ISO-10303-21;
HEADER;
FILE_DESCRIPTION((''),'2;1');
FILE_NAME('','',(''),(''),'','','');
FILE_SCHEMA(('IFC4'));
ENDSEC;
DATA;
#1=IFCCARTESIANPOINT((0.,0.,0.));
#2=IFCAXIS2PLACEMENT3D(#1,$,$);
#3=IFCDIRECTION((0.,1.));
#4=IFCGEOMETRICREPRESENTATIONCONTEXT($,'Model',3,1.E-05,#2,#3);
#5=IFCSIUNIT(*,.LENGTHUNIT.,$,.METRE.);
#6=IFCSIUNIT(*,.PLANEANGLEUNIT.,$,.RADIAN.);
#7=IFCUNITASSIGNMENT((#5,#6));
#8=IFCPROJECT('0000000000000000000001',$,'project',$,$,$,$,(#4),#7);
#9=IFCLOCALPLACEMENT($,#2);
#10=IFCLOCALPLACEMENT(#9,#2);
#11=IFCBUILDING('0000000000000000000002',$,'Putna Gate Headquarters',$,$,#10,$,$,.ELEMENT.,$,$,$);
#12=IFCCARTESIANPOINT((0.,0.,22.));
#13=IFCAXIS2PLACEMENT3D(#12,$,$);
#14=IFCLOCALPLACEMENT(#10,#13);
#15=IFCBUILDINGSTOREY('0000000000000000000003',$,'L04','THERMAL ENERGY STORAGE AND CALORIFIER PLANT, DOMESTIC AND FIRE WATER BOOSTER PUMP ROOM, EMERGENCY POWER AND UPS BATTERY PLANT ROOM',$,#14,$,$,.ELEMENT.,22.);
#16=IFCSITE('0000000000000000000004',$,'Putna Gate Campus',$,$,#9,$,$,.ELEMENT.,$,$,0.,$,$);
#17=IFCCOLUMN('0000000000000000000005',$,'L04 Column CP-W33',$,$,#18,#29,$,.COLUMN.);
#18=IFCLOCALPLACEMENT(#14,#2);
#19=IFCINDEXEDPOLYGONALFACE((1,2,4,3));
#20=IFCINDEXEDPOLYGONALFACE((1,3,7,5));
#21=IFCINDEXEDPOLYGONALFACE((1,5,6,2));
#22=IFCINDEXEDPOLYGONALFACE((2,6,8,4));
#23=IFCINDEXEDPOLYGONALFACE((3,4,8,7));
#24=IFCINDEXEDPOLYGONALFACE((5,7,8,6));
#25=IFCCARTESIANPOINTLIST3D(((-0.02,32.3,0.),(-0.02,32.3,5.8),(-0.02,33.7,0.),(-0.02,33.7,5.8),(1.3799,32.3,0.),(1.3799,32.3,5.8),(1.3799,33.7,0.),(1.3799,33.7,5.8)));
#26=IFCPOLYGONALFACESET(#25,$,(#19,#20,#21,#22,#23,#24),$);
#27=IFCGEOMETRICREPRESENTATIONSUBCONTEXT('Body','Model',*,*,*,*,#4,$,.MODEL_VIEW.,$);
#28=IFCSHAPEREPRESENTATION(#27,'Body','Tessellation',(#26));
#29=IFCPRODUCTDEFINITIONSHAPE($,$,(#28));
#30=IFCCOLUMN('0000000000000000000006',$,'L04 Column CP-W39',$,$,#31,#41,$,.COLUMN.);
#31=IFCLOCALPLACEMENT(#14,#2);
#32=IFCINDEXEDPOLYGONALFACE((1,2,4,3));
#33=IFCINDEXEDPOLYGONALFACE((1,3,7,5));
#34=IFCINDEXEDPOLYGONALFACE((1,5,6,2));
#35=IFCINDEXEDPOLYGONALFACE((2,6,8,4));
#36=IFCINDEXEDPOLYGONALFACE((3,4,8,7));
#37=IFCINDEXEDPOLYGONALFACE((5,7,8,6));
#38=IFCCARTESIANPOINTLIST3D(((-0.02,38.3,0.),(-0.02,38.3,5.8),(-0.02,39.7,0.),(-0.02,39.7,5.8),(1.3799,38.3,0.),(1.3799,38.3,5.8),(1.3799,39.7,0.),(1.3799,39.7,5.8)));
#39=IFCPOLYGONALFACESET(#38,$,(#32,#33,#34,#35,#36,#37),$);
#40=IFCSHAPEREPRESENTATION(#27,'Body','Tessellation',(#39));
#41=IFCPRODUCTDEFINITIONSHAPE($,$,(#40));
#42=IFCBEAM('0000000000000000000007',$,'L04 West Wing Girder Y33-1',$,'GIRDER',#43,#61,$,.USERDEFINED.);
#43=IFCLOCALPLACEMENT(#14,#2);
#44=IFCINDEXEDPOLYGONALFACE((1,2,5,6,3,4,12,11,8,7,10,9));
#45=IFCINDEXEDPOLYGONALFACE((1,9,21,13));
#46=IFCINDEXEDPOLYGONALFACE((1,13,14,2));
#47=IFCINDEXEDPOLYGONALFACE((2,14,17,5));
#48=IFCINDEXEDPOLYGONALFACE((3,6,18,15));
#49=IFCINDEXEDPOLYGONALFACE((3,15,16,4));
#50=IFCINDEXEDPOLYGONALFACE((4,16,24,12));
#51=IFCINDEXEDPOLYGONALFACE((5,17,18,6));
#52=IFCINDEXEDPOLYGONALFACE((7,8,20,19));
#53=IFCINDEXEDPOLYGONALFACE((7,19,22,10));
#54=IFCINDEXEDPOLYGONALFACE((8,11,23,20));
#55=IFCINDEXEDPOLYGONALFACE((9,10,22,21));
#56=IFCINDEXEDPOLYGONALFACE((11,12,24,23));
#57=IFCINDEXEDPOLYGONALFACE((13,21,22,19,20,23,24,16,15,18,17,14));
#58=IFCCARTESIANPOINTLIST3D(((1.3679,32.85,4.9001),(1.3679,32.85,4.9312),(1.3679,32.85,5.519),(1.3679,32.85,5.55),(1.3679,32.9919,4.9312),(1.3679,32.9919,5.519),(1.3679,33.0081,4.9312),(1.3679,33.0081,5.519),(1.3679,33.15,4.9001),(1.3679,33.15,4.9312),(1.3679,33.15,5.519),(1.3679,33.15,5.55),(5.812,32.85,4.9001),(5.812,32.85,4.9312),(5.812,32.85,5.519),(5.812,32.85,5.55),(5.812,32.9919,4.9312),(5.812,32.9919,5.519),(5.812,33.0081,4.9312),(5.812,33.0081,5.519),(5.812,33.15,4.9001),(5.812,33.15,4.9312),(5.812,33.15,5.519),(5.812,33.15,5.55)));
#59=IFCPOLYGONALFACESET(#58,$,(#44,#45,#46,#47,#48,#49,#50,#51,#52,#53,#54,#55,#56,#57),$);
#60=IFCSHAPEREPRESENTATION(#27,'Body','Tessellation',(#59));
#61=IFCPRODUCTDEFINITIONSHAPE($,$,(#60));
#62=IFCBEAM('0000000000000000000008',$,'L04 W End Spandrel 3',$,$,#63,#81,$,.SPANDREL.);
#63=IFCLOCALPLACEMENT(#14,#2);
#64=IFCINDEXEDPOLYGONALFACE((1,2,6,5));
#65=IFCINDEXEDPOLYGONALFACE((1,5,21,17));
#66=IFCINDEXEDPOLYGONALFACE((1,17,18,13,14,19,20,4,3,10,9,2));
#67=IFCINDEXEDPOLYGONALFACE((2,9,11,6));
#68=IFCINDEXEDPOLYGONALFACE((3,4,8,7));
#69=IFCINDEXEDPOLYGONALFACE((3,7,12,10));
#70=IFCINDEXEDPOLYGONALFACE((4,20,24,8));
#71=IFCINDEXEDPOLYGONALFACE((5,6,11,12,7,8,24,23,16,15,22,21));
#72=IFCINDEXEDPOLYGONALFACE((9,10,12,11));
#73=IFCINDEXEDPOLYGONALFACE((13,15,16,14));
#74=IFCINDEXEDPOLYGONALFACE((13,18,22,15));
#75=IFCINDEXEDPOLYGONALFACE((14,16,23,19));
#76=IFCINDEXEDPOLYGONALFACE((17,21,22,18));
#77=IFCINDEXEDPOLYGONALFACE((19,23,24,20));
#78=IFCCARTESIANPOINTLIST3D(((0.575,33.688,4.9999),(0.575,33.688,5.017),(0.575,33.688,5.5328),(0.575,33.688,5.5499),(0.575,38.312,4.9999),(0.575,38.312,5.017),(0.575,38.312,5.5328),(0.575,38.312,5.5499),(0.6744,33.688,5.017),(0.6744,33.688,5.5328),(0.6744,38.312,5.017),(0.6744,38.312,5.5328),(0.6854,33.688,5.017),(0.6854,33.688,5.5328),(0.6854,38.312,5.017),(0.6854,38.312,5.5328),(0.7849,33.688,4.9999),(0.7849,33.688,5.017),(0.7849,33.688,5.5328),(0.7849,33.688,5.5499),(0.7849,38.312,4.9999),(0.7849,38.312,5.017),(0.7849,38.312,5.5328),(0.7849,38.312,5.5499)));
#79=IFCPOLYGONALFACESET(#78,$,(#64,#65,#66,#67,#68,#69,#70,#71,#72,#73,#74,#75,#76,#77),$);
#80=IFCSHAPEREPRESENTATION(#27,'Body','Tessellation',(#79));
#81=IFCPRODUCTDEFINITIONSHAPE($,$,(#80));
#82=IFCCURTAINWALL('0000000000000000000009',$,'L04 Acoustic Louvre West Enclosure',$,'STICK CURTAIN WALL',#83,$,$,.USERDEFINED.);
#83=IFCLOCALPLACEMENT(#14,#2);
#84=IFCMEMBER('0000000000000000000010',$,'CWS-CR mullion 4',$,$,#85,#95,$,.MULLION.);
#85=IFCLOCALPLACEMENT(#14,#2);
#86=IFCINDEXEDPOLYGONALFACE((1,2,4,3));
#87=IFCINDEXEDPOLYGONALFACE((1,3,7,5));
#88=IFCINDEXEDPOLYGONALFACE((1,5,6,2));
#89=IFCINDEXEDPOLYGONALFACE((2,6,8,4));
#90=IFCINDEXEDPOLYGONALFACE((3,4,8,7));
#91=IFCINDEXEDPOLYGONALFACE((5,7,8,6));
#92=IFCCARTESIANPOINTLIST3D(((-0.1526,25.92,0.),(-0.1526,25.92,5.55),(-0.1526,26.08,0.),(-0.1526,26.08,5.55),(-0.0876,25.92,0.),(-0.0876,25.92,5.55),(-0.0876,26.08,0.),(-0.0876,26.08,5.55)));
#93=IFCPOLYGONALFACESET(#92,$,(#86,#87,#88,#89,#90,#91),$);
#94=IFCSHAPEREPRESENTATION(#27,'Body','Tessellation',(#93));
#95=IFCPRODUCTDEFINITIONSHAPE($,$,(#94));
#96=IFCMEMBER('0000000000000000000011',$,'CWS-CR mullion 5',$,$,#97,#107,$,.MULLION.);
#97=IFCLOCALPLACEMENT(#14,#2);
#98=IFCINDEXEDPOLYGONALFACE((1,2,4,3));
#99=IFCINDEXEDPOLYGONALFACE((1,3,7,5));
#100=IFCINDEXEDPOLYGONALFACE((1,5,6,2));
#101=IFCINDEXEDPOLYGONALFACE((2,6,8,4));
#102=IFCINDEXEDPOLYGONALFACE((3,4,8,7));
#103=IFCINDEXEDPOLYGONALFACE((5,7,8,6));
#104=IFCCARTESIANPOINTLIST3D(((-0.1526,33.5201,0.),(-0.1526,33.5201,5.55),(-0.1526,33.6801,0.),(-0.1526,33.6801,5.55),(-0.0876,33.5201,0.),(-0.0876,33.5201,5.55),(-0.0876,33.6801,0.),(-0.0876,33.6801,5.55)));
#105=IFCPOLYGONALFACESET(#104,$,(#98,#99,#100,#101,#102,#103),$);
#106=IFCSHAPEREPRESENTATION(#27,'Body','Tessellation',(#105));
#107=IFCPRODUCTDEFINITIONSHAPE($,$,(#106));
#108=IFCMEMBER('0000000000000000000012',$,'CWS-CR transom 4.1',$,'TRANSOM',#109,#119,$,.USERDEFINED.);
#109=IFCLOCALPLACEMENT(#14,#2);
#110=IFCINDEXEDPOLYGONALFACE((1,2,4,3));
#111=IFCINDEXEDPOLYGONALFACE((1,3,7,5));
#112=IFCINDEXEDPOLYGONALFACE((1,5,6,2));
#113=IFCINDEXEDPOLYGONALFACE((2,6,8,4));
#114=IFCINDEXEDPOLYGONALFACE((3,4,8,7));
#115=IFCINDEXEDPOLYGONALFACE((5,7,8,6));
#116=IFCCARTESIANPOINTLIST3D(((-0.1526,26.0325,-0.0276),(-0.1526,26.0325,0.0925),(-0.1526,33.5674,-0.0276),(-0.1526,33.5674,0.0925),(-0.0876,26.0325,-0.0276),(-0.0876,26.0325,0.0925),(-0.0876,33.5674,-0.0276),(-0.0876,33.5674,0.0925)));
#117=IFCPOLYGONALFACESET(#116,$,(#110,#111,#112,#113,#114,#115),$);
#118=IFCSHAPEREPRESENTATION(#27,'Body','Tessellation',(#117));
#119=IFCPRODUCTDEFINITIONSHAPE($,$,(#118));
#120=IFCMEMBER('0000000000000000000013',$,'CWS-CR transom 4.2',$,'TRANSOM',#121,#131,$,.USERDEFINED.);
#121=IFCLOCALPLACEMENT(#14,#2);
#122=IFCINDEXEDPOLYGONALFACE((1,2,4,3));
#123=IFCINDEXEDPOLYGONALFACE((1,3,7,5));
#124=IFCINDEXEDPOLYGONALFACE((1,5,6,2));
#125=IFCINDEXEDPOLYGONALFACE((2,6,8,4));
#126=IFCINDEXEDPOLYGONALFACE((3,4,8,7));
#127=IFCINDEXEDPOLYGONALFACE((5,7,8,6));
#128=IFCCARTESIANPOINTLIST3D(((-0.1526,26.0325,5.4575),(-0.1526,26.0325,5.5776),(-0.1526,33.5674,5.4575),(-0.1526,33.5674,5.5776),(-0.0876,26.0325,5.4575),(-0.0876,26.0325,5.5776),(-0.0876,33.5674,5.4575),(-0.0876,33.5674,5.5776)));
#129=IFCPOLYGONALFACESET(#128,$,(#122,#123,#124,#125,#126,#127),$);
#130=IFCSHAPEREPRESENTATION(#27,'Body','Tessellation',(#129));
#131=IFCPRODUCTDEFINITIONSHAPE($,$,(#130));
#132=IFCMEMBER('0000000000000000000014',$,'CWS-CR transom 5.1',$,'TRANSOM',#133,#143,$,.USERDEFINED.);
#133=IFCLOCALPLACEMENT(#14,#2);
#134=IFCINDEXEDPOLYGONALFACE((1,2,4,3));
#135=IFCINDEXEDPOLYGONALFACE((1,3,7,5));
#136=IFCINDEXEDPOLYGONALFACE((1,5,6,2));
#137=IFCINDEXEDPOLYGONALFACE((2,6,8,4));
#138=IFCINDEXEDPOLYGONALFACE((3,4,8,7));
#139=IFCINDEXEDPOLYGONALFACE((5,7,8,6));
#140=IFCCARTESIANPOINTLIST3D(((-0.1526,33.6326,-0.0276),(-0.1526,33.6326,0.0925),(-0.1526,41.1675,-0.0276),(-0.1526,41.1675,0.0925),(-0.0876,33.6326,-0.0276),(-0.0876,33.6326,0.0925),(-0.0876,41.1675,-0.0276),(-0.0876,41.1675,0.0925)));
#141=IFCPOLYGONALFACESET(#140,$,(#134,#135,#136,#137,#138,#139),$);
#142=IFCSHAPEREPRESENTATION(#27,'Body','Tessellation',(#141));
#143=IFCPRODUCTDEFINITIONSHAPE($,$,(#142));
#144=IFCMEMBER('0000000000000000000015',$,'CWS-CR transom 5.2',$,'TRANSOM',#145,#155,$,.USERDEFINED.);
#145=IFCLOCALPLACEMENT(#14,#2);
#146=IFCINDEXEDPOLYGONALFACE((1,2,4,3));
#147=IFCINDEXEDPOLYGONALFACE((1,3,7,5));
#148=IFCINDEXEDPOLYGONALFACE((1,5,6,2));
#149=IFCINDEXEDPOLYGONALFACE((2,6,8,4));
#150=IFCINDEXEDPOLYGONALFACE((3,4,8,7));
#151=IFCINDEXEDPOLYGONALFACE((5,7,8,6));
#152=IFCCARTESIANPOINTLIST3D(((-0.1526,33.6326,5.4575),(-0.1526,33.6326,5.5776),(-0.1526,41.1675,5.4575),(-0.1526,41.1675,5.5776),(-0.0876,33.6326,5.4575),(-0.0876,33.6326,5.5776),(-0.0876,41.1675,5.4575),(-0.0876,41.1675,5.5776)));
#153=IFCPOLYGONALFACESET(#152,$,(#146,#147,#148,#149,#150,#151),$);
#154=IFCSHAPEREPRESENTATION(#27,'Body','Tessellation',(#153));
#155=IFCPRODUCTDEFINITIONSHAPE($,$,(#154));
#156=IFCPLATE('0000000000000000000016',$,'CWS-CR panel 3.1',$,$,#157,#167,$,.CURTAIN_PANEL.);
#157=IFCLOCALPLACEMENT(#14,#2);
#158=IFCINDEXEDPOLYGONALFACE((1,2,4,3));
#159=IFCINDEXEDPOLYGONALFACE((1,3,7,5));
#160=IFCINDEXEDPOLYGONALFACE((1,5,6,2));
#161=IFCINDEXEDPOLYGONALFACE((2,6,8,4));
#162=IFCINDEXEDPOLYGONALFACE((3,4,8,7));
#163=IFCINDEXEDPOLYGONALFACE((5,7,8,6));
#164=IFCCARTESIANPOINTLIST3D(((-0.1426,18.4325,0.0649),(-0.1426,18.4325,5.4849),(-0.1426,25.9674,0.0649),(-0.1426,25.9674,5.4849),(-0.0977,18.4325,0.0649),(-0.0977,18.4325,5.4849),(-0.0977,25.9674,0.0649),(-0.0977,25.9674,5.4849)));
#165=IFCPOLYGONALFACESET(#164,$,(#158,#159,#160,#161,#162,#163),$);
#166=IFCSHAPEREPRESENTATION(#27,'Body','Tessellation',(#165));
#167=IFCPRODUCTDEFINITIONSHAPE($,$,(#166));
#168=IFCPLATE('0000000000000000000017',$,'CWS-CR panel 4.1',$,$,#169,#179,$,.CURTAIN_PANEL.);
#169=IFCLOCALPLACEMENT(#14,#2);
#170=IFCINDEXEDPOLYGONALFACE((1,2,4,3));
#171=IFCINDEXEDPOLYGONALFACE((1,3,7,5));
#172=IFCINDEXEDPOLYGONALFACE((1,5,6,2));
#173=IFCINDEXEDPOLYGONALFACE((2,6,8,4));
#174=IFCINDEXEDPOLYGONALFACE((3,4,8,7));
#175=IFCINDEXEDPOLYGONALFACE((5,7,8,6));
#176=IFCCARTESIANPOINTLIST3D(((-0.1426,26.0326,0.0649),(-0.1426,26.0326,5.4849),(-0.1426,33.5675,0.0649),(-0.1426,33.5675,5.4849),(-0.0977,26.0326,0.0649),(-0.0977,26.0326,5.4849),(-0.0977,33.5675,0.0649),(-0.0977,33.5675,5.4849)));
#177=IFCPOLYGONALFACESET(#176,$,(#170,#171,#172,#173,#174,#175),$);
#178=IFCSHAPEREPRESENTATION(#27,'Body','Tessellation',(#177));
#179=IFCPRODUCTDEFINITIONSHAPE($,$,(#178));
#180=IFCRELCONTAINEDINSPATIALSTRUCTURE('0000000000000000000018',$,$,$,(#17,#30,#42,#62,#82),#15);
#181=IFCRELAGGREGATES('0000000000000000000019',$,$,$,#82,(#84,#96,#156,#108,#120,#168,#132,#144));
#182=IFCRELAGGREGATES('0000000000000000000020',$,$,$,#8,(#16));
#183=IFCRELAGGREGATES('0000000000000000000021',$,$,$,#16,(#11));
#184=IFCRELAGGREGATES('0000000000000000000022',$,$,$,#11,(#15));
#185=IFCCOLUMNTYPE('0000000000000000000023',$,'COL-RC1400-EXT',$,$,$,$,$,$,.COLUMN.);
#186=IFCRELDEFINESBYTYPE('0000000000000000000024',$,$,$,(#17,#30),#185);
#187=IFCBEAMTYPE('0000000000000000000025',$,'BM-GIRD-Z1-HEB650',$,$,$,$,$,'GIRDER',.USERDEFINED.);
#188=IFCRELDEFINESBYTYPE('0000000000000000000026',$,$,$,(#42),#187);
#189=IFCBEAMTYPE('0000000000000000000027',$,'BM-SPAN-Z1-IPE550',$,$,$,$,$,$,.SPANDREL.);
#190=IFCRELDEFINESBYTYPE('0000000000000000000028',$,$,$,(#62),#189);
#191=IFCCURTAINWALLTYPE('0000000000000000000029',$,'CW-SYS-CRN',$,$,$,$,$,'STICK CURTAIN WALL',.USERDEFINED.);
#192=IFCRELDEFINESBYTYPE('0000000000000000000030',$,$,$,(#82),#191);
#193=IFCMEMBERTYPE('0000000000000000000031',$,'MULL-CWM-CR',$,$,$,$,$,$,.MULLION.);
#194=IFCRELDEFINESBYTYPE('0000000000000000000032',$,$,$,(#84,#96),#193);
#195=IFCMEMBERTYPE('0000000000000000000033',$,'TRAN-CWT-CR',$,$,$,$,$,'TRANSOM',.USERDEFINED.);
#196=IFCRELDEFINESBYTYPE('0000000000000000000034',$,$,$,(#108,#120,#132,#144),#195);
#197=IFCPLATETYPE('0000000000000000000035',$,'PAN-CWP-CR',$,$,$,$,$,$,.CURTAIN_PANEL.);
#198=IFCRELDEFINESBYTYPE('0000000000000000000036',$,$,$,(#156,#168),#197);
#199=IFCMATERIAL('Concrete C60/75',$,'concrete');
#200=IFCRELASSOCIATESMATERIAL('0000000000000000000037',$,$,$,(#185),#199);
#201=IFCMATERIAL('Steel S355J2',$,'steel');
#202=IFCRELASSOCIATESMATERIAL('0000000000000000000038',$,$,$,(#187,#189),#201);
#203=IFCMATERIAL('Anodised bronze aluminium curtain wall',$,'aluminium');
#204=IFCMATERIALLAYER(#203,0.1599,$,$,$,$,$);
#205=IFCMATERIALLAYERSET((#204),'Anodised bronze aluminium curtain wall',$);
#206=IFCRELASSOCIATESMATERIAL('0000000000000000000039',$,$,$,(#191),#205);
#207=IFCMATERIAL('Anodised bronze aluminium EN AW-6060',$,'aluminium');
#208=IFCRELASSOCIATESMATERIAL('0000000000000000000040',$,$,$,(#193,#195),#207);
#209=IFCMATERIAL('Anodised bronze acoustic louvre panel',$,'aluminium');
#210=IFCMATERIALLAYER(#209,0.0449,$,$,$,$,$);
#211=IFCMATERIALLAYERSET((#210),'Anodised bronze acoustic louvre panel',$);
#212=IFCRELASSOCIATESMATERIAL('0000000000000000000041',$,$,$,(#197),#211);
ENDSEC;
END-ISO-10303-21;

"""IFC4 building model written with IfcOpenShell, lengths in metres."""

from ifc_helpers import new_model, si_unit, direction, frame, origin, origin_2d, place, context, subcontext, project, spatial, rectangle, i_section, extrude, material, layer, layer_set, material_profile, profile_set, type_object, element, aggregate, save


model = new_model("IFC4")

# Units and contexts
model_context = context("Model", 3, precision=1e-05, world=origin(), true_north=direction((0.0, 1.0)))
body_context = subcontext(model_context, "Body", "Model", "MODEL_VIEW")
ifc_project = project(units=[si_unit("LENGTHUNIT", "METRE"), si_unit("PLANEANGLEUNIT", "RADIAN")], contexts=[model_context])

# Site, building, storey
site_placement = place(None, origin())
site = spatial("IfcSite", under=ifc_project, at=site_placement, Name="Putna Gate Campus", CompositionType="ELEMENT", RefElevation=0.0)
building_placement = place(site_placement, origin())
building = spatial("IfcBuilding", under=site, at=building_placement, Name="Putna Gate Headquarters", CompositionType="ELEMENT")
storey_placement = place(building_placement, frame((0.0, 0.0, 22.0)))
storey = spatial("IfcBuildingStorey", under=building, at=storey_placement, Name="L04", Description="THERMAL ENERGY STORAGE AND CALORIFIER PLANT, DOMESTIC AND FIRE WATER BOOSTER PUMP ROOM, EMERGENCY POWER AND UPS BATTERY PLANT ROOM", CompositionType="ELEMENT", Elevation=22.0)

# Columns
ifc_material_1 = material(Name="Concrete C60/75", Category="concrete")
ifc_material_profile_1 = material_profile(ifc_material_1, rectangle(XDim=1.3999, YDim=1.3999, at=origin_2d()), Name="Concrete C60/75")
ifc_profile_set_1 = profile_set([ifc_material_profile_1], Name="Concrete C60/75")
column_type = type_object("IfcColumnType", Name="COL-RC1400-EXT", PredefinedType="COLUMN", material=ifc_profile_set_1)
for number, where, z_axis, x_axis, name in (
    (1, (0.6799, 33.0, 0.0), (0.0, 0.0, 1.0), (1.0, 0.0, 0.0), "L04 Column CP-W33"),
    (2, (0.6799, 39.0, 0.0), (0.0, 0.0, 1.0), (1.0, 0.0, 0.0), "L04 Column CP-W39"),
):
    element("IfcColumn", number, at=place(storey_placement, frame(where, z_axis=z_axis, x_axis=x_axis)), inside=storey, type_object=column_type, Name=name, PredefinedType="COLUMN", context=body_context, shape_type="SweptSolid", body=[
        extrude(rectangle(XDim=1.3999, YDim=1.3999, at=origin_2d()), origin(), (0.0, 0.0, 1.0), 5.8),
    ])

# Beams
ifc_material_2 = material(Name="Steel S355J2", Category="steel")
ifc_material_profile_2 = material_profile(ifc_material_2, i_section(OverallWidth=0.3, OverallDepth=0.6499, WebThickness=0.0161, FlangeThickness=0.031, at=origin_2d()), Name="Steel S355J2")
ifc_profile_set_2 = profile_set([ifc_material_profile_2], Name="Steel S355J2")
beam_type_1 = type_object("IfcBeamType", Name="BM-GIRD-Z1-HEB650", ElementType="GIRDER", PredefinedType="USERDEFINED", material=ifc_profile_set_2)
beam_1_placement = place(storey_placement, frame((1.3679, 33.0, 5.2251), z_axis=(1.0, 0.0, 0.0), x_axis=(0.0, 1.0, 0.0)))
element("IfcBeam", 3, at=beam_1_placement, inside=storey, type_object=beam_type_1, Name="L04 West Wing Girder Y33-1", ObjectType="GIRDER", PredefinedType="USERDEFINED", context=body_context, shape_type="SweptSolid", body=[
    extrude(i_section(OverallWidth=0.3, OverallDepth=0.6499, WebThickness=0.0161, FlangeThickness=0.031, at=origin_2d()), origin(), (0.0, 0.0, 1.0), 4.4441),
])
ifc_material_profile_3 = material_profile(ifc_material_2, i_section(OverallWidth=0.21, OverallDepth=0.55, WebThickness=0.011, FlangeThickness=0.0171, at=origin_2d()), Name="Steel S355J2")
ifc_profile_set_3 = profile_set([ifc_material_profile_3], Name="Steel S355J2")
beam_type_2 = type_object("IfcBeamType", Name="BM-SPAN-Z1-IPE550", PredefinedType="SPANDREL", material=ifc_profile_set_3)
beam_2_placement = place(storey_placement, frame((0.6799, 33.688, 5.2749), z_axis=(0.0, 1.0, 0.0), x_axis=(-1.0, 0.0, 0.0)))
element("IfcBeam", 4, at=beam_2_placement, inside=storey, type_object=beam_type_2, Name="L04 W End Spandrel 3", PredefinedType="SPANDREL", context=body_context, shape_type="SweptSolid", body=[
    extrude(i_section(OverallWidth=0.21, OverallDepth=0.55, WebThickness=0.011, FlangeThickness=0.0171, at=origin_2d()), origin(), (0.0, 0.0, 1.0), 4.624),
])

# Curtain wall, members, plates
ifc_material_3 = material(Name="Anodised bronze aluminium curtain wall", Category="aluminium")
ifc_layer_1 = layer(ifc_material_3, 0.1599)
ifc_layer_set_1 = layer_set([ifc_layer_1], Name="Anodised bronze aluminium curtain wall")
curtain_wall_type = type_object("IfcCurtainWallType", Name="CW-SYS-CRN", ElementType="STICK CURTAIN WALL", PredefinedType="USERDEFINED", material=ifc_layer_set_1)
curtain_wall_placement = place(storey_placement, origin())
curtain_wall = element("IfcCurtainWall", 5, at=curtain_wall_placement, inside=storey, type_object=curtain_wall_type, Name="L04 Acoustic Louvre West Enclosure", ObjectType="STICK CURTAIN WALL", PredefinedType="USERDEFINED")
ifc_material_4 = material(Name="Anodised bronze aluminium EN AW-6060", Category="aluminium")
ifc_material_profile_4 = material_profile(ifc_material_4, rectangle(XDim=0.0649, YDim=0.1599, at=origin_2d()), Name="Anodised bronze aluminium EN AW-6060")
ifc_profile_set_4 = profile_set([ifc_material_profile_4], Name="Anodised bronze aluminium EN AW-6060")
member_type_1 = type_object("IfcMemberType", Name="MULL-CWM-CR", PredefinedType="MULLION", material=ifc_profile_set_4)
member_1_placement = place(storey_placement, frame((-0.1201, 26.0, 0.0), z_axis=(0.0, 0.0, 1.0), x_axis=(-1.0, 0.0, 0.0)))
member_1 = element("IfcMember", 6, at=member_1_placement, type_object=member_type_1, Name="CWS-CR mullion 4", PredefinedType="MULLION", context=body_context, shape_type="SweptSolid", body=[
    extrude(rectangle(XDim=0.0649, YDim=0.1599, at=origin_2d()), origin(), (0.0, 0.0, 1.0), 5.55),
])
member_2_placement = place(storey_placement, frame((-0.1201, 33.6001, 0.0), z_axis=(0.0, 0.0, 1.0), x_axis=(-1.0, 0.0, 0.0)))
member_2 = element("IfcMember", 7, at=member_2_placement, type_object=member_type_1, Name="CWS-CR mullion 5", PredefinedType="MULLION", context=body_context, shape_type="SweptSolid", body=[
    extrude(rectangle(XDim=0.0649, YDim=0.1599, at=origin_2d()), origin(), (0.0, 0.0, 1.0), 5.55),
])
ifc_material_profile_5 = material_profile(ifc_material_4, rectangle(XDim=0.0649, YDim=0.1201, at=origin_2d()), Name="Anodised bronze aluminium EN AW-6060")
ifc_profile_set_5 = profile_set([ifc_material_profile_5], Name="Anodised bronze aluminium EN AW-6060")
member_type_2 = type_object("IfcMemberType", Name="TRAN-CWT-CR", ElementType="TRANSOM", PredefinedType="USERDEFINED", material=ifc_profile_set_5)
member_3_placement = place(storey_placement, frame((-0.1201, 26.0325, 0.0325), z_axis=(0.0, 1.0, 0.0), x_axis=(-1.0, 0.0, 0.0)))
member_3 = element("IfcMember", 8, at=member_3_placement, type_object=member_type_2, Name="CWS-CR transom 4.1", ObjectType="TRANSOM", PredefinedType="USERDEFINED", context=body_context, shape_type="SweptSolid", body=[
    extrude(rectangle(XDim=0.0649, YDim=0.1201, at=origin_2d()), origin(), (0.0, 0.0, 1.0), 7.5349),
])
member_4_placement = place(storey_placement, frame((-0.1201, 26.0325, 5.5176), z_axis=(0.0, 1.0, 0.0), x_axis=(-1.0, 0.0, 0.0)))
member_4 = element("IfcMember", 9, at=member_4_placement, type_object=member_type_2, Name="CWS-CR transom 4.2", ObjectType="TRANSOM", PredefinedType="USERDEFINED", context=body_context, shape_type="SweptSolid", body=[
    extrude(rectangle(XDim=0.0649, YDim=0.1201, at=origin_2d()), origin(), (0.0, 0.0, 1.0), 7.5349),
])
member_5_placement = place(storey_placement, frame((-0.1201, 33.6326, 0.0325), z_axis=(0.0, 1.0, 0.0), x_axis=(-1.0, 0.0, 0.0)))
member_5 = element("IfcMember", 10, at=member_5_placement, type_object=member_type_2, Name="CWS-CR transom 5.1", ObjectType="TRANSOM", PredefinedType="USERDEFINED", context=body_context, shape_type="SweptSolid", body=[
    extrude(rectangle(XDim=0.0649, YDim=0.1201, at=origin_2d()), origin(), (0.0, 0.0, 1.0), 7.5349),
])
member_6_placement = place(storey_placement, frame((-0.1201, 33.6326, 5.5176), z_axis=(0.0, 1.0, 0.0), x_axis=(-1.0, 0.0, 0.0)))
member_6 = element("IfcMember", 11, at=member_6_placement, type_object=member_type_2, Name="CWS-CR transom 5.2", ObjectType="TRANSOM", PredefinedType="USERDEFINED", context=body_context, shape_type="SweptSolid", body=[
    extrude(rectangle(XDim=0.0649, YDim=0.1201, at=origin_2d()), origin(), (0.0, 0.0, 1.0), 7.5349),
])
ifc_material_5 = material(Name="Anodised bronze acoustic louvre panel", Category="aluminium")
ifc_layer_2 = layer(ifc_material_5, 0.0449)
ifc_layer_set_2 = layer_set([ifc_layer_2], Name="Anodised bronze acoustic louvre panel")
plate_type = type_object("IfcPlateType", Name="PAN-CWP-CR", PredefinedType="CURTAIN_PANEL", material=ifc_layer_set_2)
plate_1_placement = place(storey_placement, frame((-0.1201, 22.2, 0.0649), z_axis=(0.0, 0.0, 1.0), x_axis=(0.0, 1.0, 0.0)))
plate_1 = element("IfcPlate", 12, at=plate_1_placement, type_object=plate_type, Name="CWS-CR panel 3.1", PredefinedType="CURTAIN_PANEL", context=body_context, shape_type="SweptSolid", body=[
    extrude(rectangle(XDim=7.5349, YDim=0.0449, at=origin_2d()), origin(), (0.0, 0.0, 1.0), 5.4199),
])
plate_2_placement = place(storey_placement, frame((-0.1201, 29.8, 0.0649), z_axis=(0.0, 0.0, 1.0), x_axis=(0.0, 1.0, 0.0)))
plate_2 = element("IfcPlate", 13, at=plate_2_placement, type_object=plate_type, Name="CWS-CR panel 4.1", PredefinedType="CURTAIN_PANEL", context=body_context, shape_type="SweptSolid", body=[
    extrude(rectangle(XDim=7.5349, YDim=0.0449, at=origin_2d()), origin(), (0.0, 0.0, 1.0), 5.4199),
])
aggregate(curtain_wall, [member_1, member_2, plate_1, member_3, member_4, plate_2, member_5, member_6])

save(model, "model.ifc")
